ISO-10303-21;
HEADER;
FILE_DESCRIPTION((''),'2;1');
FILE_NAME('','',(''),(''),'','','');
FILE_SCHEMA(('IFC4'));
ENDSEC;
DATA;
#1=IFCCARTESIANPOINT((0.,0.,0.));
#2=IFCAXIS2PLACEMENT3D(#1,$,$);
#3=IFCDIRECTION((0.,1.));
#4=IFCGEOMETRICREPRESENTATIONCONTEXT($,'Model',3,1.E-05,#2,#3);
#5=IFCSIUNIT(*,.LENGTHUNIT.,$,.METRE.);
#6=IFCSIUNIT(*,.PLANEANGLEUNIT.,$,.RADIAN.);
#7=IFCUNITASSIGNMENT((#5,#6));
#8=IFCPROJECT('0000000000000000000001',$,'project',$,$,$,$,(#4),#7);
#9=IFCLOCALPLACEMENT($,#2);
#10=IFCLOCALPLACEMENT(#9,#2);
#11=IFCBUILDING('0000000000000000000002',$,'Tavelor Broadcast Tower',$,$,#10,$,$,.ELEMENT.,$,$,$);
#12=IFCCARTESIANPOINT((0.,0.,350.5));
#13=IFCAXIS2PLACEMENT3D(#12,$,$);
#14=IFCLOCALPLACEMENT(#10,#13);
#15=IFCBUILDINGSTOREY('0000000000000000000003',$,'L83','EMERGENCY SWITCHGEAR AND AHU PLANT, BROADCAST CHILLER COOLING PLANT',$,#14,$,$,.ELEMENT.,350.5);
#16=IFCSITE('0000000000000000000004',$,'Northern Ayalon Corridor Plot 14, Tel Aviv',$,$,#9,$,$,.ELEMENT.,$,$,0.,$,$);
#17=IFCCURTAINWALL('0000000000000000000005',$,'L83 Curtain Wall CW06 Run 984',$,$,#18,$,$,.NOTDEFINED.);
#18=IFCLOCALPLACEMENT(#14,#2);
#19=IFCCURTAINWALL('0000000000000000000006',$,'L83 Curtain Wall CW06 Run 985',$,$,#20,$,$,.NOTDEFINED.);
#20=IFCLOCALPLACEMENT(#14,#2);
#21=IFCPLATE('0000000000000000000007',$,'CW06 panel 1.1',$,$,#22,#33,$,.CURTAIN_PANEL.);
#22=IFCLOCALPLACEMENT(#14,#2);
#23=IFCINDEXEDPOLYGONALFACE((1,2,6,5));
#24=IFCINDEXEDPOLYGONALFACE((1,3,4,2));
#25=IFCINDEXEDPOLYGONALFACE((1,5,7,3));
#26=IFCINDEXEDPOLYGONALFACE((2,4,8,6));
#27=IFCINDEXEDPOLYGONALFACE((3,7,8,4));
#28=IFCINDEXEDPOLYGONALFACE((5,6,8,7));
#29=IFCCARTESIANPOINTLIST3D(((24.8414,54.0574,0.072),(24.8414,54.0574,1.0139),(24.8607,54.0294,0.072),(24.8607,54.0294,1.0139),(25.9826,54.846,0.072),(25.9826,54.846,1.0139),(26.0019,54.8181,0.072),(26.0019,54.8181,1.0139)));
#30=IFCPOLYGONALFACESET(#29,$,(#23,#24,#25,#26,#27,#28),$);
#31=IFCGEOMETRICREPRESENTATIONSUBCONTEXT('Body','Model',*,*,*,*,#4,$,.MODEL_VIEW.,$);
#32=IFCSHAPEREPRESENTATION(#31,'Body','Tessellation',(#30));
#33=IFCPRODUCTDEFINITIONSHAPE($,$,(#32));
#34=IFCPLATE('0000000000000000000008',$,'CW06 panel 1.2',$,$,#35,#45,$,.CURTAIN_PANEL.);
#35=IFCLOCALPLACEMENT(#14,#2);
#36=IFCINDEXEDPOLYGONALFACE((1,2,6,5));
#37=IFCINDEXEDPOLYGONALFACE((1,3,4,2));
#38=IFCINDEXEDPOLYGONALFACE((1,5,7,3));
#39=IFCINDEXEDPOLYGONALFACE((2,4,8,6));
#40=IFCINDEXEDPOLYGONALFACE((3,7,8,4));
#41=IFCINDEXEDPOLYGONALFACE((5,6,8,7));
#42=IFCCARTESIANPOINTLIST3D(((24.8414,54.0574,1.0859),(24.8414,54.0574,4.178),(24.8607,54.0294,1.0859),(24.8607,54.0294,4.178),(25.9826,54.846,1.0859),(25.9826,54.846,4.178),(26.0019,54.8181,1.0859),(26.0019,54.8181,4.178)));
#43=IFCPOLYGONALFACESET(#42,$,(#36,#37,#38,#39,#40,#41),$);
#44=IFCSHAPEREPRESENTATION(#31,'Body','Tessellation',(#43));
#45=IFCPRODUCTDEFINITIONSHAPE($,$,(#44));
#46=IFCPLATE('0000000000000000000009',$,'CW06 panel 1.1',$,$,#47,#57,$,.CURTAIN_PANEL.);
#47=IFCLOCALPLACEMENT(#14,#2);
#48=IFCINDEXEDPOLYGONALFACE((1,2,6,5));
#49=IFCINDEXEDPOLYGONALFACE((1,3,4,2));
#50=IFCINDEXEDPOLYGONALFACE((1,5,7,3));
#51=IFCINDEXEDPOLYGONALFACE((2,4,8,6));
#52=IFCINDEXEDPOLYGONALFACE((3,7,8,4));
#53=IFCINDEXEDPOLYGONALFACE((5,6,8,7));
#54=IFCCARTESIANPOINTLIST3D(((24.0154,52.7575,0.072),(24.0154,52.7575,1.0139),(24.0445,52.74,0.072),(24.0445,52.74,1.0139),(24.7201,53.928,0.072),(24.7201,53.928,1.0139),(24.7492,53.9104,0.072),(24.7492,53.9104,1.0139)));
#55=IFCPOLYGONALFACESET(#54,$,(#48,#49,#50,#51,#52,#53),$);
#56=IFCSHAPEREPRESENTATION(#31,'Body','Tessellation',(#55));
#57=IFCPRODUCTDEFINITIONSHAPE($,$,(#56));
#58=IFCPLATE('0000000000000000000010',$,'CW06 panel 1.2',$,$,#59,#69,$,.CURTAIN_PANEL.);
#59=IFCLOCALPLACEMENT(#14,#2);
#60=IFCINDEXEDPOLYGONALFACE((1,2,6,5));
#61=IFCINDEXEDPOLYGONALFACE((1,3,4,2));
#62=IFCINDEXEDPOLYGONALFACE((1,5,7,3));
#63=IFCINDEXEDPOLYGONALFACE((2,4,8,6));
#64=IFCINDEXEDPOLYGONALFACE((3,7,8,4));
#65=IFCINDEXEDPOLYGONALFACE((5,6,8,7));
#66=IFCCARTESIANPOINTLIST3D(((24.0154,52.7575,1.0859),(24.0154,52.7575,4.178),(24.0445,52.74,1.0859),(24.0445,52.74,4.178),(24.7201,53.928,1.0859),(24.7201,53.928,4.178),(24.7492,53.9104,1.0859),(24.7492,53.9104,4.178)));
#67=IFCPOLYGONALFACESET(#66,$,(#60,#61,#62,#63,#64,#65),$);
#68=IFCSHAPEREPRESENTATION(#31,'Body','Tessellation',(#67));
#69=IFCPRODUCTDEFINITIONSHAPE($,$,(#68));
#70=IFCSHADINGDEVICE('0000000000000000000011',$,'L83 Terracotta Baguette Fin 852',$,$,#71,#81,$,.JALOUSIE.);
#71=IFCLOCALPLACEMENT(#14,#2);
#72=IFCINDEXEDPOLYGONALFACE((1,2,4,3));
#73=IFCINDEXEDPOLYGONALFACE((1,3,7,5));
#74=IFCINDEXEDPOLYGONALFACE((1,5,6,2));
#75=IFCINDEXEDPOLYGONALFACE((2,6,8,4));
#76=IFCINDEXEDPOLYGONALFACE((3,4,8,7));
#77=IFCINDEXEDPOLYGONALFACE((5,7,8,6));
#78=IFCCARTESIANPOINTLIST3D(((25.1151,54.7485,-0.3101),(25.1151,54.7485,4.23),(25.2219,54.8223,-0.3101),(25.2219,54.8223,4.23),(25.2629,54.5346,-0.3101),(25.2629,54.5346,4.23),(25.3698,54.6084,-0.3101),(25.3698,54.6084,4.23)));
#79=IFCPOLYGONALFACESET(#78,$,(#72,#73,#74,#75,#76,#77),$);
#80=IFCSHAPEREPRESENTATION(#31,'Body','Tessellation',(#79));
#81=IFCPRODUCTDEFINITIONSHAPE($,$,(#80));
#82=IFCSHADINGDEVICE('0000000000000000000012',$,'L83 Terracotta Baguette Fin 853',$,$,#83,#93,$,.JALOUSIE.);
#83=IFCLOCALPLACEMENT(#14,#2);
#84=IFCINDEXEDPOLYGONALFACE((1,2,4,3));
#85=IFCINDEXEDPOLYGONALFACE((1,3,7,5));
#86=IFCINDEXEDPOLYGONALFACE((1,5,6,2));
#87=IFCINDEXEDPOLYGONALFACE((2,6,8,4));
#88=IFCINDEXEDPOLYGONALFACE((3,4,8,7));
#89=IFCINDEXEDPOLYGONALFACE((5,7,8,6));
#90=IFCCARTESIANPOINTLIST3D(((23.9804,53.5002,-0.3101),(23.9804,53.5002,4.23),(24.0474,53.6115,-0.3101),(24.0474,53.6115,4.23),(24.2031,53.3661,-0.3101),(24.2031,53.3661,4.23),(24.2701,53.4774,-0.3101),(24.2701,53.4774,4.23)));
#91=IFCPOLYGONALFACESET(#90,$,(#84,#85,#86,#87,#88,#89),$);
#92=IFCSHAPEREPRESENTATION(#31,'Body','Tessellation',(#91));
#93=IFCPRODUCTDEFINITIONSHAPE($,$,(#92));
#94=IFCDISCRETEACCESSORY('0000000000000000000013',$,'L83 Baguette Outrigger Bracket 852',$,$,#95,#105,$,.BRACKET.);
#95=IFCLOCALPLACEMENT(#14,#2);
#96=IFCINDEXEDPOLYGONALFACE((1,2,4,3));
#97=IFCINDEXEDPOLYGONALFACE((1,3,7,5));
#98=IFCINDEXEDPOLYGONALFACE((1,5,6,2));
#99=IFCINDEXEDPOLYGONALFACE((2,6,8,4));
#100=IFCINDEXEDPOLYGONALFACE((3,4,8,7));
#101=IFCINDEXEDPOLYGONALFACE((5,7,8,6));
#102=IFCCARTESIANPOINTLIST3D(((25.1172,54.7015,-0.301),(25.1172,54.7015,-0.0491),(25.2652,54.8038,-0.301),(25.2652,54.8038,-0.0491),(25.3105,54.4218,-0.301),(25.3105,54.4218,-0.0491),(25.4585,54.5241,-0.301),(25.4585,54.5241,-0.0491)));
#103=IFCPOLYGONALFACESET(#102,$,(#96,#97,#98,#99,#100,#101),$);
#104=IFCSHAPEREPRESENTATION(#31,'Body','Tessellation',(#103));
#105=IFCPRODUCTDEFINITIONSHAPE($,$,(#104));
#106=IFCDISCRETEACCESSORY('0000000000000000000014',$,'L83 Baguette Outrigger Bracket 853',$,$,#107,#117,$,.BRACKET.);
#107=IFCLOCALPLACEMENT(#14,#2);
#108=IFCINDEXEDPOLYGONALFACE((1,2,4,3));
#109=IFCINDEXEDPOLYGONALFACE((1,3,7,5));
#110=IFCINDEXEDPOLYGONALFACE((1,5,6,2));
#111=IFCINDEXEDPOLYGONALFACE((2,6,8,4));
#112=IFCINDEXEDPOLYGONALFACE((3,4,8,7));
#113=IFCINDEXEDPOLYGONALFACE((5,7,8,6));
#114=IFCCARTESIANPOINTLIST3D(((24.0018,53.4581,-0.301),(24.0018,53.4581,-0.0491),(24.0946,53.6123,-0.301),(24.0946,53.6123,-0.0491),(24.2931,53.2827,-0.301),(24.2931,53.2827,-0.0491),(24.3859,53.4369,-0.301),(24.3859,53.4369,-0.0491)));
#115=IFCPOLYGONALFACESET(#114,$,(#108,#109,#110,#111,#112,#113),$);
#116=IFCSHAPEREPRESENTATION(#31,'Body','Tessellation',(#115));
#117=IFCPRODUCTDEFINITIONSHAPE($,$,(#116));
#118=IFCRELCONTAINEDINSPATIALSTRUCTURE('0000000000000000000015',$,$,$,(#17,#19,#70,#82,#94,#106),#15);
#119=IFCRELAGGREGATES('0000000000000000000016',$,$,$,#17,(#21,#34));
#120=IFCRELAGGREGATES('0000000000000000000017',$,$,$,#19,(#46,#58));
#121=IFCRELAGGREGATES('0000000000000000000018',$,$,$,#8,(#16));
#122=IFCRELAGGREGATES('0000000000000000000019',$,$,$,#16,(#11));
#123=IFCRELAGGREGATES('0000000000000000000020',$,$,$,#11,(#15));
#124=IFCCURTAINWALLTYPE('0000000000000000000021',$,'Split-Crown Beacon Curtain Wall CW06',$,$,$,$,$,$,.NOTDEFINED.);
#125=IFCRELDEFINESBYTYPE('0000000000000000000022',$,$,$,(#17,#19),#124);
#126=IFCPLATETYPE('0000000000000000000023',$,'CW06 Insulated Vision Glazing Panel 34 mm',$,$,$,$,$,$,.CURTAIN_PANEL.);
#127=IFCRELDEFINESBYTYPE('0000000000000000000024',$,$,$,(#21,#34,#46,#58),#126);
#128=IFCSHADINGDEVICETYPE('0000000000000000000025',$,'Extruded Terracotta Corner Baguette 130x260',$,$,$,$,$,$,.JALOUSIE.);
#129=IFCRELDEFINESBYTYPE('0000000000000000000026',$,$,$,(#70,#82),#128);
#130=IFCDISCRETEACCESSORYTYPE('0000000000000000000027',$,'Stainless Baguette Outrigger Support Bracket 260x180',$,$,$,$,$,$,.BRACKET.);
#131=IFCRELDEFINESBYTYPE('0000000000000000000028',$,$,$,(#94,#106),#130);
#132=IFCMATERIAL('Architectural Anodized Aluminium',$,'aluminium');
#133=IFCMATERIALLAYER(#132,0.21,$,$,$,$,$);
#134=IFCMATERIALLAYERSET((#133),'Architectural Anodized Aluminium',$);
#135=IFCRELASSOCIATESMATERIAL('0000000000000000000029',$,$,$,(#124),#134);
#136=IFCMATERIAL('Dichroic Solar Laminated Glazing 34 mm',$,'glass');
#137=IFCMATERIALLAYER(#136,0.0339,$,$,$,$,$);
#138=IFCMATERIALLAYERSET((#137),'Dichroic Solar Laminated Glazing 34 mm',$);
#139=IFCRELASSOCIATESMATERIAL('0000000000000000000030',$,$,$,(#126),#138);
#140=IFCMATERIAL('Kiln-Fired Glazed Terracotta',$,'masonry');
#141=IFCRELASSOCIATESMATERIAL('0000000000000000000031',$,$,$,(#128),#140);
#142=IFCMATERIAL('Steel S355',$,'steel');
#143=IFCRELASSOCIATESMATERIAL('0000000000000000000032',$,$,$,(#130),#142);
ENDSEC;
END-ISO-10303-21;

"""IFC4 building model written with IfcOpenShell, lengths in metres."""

from ifc_helpers import new_model, si_unit, direction, frame, origin, origin_2d, place, context, subcontext, project, spatial, rectangle, extrude, source, transform, mapped, material, layer, layer_set, type_object, type_shapes, element, aggregate, save


model = new_model("IFC4")

# Units and contexts
model_context = context("Model", 3, precision=1e-05, world=origin(), true_north=direction((0.0, 1.0)))
body_context = subcontext(model_context, "Body", "Model", "MODEL_VIEW")
ifc_project = project(units=[si_unit("LENGTHUNIT", "METRE"), si_unit("PLANEANGLEUNIT", "RADIAN")], contexts=[model_context])

# Site, building, storey
site_placement = place(None, origin())
site = spatial("IfcSite", under=ifc_project, at=site_placement, Name="Northern Ayalon Corridor Plot 14, Tel Aviv", CompositionType="ELEMENT", RefElevation=0.0)
building_placement = place(site_placement, origin())
building = spatial("IfcBuilding", under=site, at=building_placement, Name="Tavelor Broadcast Tower", CompositionType="ELEMENT")
storey_placement = place(building_placement, frame((0.0, 0.0, 350.5)))
storey = spatial("IfcBuildingStorey", under=building, at=storey_placement, Name="L83", Description="EMERGENCY SWITCHGEAR AND AHU PLANT, BROADCAST CHILLER COOLING PLANT", CompositionType="ELEMENT", Elevation=350.5)

# Shared definitions
ifc_material_1 = material(Name="Architectural Anodized Aluminium", Category="aluminium")
ifc_layer_1 = layer(ifc_material_1, 0.21)
ifc_layer_set_1 = layer_set([ifc_layer_1], Name="Architectural Anodized Aluminium")
curtain_wall_type = type_object("IfcCurtainWallType", Name="Split-Crown Beacon Curtain Wall CW06", PredefinedType="NOTDEFINED", material=ifc_layer_set_1)

# Curtain wall
curtain_wall_1_placement = place(storey_placement, origin())
curtain_wall_1 = element("IfcCurtainWall", 1, at=curtain_wall_1_placement, inside=storey, type_object=curtain_wall_type, Name="L83 Curtain Wall CW06 Run 984", PredefinedType="NOTDEFINED")

# Curtain wall
curtain_wall_2_placement = place(storey_placement, origin())
curtain_wall_2 = element("IfcCurtainWall", 2, at=curtain_wall_2_placement, inside=storey, type_object=curtain_wall_type, Name="L83 Curtain Wall CW06 Run 985", PredefinedType="NOTDEFINED")

# Plates
ifc_material_2 = material(Name="Dichroic Solar Laminated Glazing 34 mm", Category="glass")
ifc_layer_2 = layer(ifc_material_2, 0.0339)
ifc_layer_set_2 = layer_set([ifc_layer_2], Name="Dichroic Solar Laminated Glazing 34 mm")
plate_type = type_object("IfcPlateType", Name="CW06 Insulated Vision Glazing Panel 34 mm", PredefinedType="CURTAIN_PANEL", material=ifc_layer_set_2)
shared_shape_1 = source(origin(), body_context, "Body", "SweptSolid", [
    extrude(rectangle(XDim=1.3872, YDim=0.0339, at=origin_2d()), origin(), (0.0, 0.0, 1.0), 0.9419),
])
plate_1_placement = place(storey_placement, frame((25.4216, 54.4377, 0.072), z_axis=(0.0, 0.0, 1.0), x_axis=(-0.82266, -0.568534, 0.0)))
plate_1 = element("IfcPlate", 3, at=plate_1_placement, type_object=plate_type, Name="CW06 panel 1.1", PredefinedType="CURTAIN_PANEL", context=body_context, shape_type="MappedRepresentation", body=[
    mapped(shared_shape_1, transform((0.0, 0.0, 0.0), scale=1.0)),
])
shared_shape_2 = source(origin(), body_context, "Body", "SweptSolid", [
    extrude(rectangle(XDim=1.3872, YDim=0.0339, at=origin_2d()), origin(), (0.0, 0.0, 1.0), 3.092),
])
plate_2_placement = place(storey_placement, frame((25.4216, 54.4377, 1.0859), z_axis=(0.0, 0.0, 1.0), x_axis=(-0.82266, -0.568534, 0.0)))
plate_2 = element("IfcPlate", 4, at=plate_2_placement, type_object=plate_type, Name="CW06 panel 1.2", PredefinedType="CURTAIN_PANEL", context=body_context, shape_type="MappedRepresentation", body=[
    mapped(shared_shape_2, transform((0.0, 0.0, 0.0), scale=1.0)),
])
aggregate(curtain_wall_1, [plate_1, plate_2])
shared_shape_3 = source(origin(), body_context, "Body", "SweptSolid", [
    extrude(rectangle(XDim=1.3662, YDim=0.0339, at=origin_2d()), origin(), (0.0, 0.0, 1.0), 0.9419),
])
plate_3_placement = place(storey_placement, frame((24.3823, 53.334, 0.072), z_axis=(0.0, 0.0, 1.0), x_axis=(-0.515819, -0.856697, 0.0)))
plate_3 = element("IfcPlate", 5, at=plate_3_placement, type_object=plate_type, Name="CW06 panel 1.1", PredefinedType="CURTAIN_PANEL", context=body_context, shape_type="MappedRepresentation", body=[
    mapped(shared_shape_3, transform((0.0, 0.0, 0.0), scale=1.0)),
])
shared_shape_4 = source(origin(), body_context, "Body", "SweptSolid", [
    extrude(rectangle(XDim=1.3662, YDim=0.0339, at=origin_2d()), origin(), (0.0, 0.0, 1.0), 3.092),
])
plate_4_placement = place(storey_placement, frame((24.3823, 53.334, 1.0859), z_axis=(0.0, 0.0, 1.0), x_axis=(-0.515819, -0.856697, 0.0)))
plate_4 = element("IfcPlate", 6, at=plate_4_placement, type_object=plate_type, Name="CW06 panel 1.2", PredefinedType="CURTAIN_PANEL", context=body_context, shape_type="MappedRepresentation", body=[
    mapped(shared_shape_4, transform((0.0, 0.0, 0.0), scale=1.0)),
])
aggregate(curtain_wall_2, [plate_3, plate_4])

# Shading devices
ifc_material_3 = material(Name="Kiln-Fired Glazed Terracotta", Category="masonry")
shading_device_type = type_object("IfcShadingDeviceType", Name="Extruded Terracotta Corner Baguette 130x260", PredefinedType="JALOUSIE", material=ifc_material_3)
shared_shape_5 = source(origin(), body_context, "Body", "SweptSolid", [
    extrude(rectangle(XDim=0.1299, YDim=0.26, at=origin_2d()), origin(), (0.0, 0.0, 1.0), 4.54),
])
type_shapes(shading_device_type, [shared_shape_5])
for number, where, z_axis, x_axis, name in (
    (7, (25.2424, 54.6785, -0.3101), (0.0, 0.0, 1.0), (-0.822641, -0.568562, 0.0), "L83 Terracotta Baguette Fin 852"),
    (8, (24.1252, 53.4888, -0.3101), (0.0, 0.0, 1.0), (-0.515786, -0.856718, 0.0), "L83 Terracotta Baguette Fin 853"),
):
    element("IfcShadingDevice", number, at=place(storey_placement, frame(where, z_axis=z_axis, x_axis=x_axis)), inside=storey, type_object=shading_device_type, Name=name, PredefinedType="JALOUSIE", context=body_context, shape_type="MappedRepresentation", body=[
        mapped(shared_shape_5, transform((0.0, 0.0, 0.0), scale=1.0)),
    ])

# Discrete accessories
ifc_material_4 = material(Name="Steel S355", Category="steel")
discrete_accessory_type = type_object("IfcDiscreteAccessoryType", Name="Stainless Baguette Outrigger Support Bracket 260x180", PredefinedType="BRACKET", material=ifc_material_4)
shared_shape_6 = source(origin(), body_context, "Body", "SweptSolid", [
    extrude(rectangle(XDim=0.1799, YDim=0.3401, at=origin_2d()), origin(), (0.0, 0.0, 1.0), 0.252),
])
type_shapes(discrete_accessory_type, [shared_shape_6])
for number, where, z_axis, x_axis, name in (
    (9, (25.2878, 54.6128, -0.301), (0.0, 0.0, 1.0), (-0.822641, -0.568562, 0.0), "L83 Baguette Outrigger Bracket 852"),
    (10, (24.1938, 53.4475, -0.301), (0.0, 0.0, 1.0), (-0.515786, -0.856718, 0.0), "L83 Baguette Outrigger Bracket 853"),
):
    element("IfcDiscreteAccessory", number, at=place(storey_placement, frame(where, z_axis=z_axis, x_axis=x_axis)), inside=storey, type_object=discrete_accessory_type, Name=name, PredefinedType="BRACKET", context=body_context, shape_type="MappedRepresentation", body=[
        mapped(shared_shape_6, transform((0.0, 0.0, 0.0), scale=1.0)),
    ])

save(model, "model.ifc")
